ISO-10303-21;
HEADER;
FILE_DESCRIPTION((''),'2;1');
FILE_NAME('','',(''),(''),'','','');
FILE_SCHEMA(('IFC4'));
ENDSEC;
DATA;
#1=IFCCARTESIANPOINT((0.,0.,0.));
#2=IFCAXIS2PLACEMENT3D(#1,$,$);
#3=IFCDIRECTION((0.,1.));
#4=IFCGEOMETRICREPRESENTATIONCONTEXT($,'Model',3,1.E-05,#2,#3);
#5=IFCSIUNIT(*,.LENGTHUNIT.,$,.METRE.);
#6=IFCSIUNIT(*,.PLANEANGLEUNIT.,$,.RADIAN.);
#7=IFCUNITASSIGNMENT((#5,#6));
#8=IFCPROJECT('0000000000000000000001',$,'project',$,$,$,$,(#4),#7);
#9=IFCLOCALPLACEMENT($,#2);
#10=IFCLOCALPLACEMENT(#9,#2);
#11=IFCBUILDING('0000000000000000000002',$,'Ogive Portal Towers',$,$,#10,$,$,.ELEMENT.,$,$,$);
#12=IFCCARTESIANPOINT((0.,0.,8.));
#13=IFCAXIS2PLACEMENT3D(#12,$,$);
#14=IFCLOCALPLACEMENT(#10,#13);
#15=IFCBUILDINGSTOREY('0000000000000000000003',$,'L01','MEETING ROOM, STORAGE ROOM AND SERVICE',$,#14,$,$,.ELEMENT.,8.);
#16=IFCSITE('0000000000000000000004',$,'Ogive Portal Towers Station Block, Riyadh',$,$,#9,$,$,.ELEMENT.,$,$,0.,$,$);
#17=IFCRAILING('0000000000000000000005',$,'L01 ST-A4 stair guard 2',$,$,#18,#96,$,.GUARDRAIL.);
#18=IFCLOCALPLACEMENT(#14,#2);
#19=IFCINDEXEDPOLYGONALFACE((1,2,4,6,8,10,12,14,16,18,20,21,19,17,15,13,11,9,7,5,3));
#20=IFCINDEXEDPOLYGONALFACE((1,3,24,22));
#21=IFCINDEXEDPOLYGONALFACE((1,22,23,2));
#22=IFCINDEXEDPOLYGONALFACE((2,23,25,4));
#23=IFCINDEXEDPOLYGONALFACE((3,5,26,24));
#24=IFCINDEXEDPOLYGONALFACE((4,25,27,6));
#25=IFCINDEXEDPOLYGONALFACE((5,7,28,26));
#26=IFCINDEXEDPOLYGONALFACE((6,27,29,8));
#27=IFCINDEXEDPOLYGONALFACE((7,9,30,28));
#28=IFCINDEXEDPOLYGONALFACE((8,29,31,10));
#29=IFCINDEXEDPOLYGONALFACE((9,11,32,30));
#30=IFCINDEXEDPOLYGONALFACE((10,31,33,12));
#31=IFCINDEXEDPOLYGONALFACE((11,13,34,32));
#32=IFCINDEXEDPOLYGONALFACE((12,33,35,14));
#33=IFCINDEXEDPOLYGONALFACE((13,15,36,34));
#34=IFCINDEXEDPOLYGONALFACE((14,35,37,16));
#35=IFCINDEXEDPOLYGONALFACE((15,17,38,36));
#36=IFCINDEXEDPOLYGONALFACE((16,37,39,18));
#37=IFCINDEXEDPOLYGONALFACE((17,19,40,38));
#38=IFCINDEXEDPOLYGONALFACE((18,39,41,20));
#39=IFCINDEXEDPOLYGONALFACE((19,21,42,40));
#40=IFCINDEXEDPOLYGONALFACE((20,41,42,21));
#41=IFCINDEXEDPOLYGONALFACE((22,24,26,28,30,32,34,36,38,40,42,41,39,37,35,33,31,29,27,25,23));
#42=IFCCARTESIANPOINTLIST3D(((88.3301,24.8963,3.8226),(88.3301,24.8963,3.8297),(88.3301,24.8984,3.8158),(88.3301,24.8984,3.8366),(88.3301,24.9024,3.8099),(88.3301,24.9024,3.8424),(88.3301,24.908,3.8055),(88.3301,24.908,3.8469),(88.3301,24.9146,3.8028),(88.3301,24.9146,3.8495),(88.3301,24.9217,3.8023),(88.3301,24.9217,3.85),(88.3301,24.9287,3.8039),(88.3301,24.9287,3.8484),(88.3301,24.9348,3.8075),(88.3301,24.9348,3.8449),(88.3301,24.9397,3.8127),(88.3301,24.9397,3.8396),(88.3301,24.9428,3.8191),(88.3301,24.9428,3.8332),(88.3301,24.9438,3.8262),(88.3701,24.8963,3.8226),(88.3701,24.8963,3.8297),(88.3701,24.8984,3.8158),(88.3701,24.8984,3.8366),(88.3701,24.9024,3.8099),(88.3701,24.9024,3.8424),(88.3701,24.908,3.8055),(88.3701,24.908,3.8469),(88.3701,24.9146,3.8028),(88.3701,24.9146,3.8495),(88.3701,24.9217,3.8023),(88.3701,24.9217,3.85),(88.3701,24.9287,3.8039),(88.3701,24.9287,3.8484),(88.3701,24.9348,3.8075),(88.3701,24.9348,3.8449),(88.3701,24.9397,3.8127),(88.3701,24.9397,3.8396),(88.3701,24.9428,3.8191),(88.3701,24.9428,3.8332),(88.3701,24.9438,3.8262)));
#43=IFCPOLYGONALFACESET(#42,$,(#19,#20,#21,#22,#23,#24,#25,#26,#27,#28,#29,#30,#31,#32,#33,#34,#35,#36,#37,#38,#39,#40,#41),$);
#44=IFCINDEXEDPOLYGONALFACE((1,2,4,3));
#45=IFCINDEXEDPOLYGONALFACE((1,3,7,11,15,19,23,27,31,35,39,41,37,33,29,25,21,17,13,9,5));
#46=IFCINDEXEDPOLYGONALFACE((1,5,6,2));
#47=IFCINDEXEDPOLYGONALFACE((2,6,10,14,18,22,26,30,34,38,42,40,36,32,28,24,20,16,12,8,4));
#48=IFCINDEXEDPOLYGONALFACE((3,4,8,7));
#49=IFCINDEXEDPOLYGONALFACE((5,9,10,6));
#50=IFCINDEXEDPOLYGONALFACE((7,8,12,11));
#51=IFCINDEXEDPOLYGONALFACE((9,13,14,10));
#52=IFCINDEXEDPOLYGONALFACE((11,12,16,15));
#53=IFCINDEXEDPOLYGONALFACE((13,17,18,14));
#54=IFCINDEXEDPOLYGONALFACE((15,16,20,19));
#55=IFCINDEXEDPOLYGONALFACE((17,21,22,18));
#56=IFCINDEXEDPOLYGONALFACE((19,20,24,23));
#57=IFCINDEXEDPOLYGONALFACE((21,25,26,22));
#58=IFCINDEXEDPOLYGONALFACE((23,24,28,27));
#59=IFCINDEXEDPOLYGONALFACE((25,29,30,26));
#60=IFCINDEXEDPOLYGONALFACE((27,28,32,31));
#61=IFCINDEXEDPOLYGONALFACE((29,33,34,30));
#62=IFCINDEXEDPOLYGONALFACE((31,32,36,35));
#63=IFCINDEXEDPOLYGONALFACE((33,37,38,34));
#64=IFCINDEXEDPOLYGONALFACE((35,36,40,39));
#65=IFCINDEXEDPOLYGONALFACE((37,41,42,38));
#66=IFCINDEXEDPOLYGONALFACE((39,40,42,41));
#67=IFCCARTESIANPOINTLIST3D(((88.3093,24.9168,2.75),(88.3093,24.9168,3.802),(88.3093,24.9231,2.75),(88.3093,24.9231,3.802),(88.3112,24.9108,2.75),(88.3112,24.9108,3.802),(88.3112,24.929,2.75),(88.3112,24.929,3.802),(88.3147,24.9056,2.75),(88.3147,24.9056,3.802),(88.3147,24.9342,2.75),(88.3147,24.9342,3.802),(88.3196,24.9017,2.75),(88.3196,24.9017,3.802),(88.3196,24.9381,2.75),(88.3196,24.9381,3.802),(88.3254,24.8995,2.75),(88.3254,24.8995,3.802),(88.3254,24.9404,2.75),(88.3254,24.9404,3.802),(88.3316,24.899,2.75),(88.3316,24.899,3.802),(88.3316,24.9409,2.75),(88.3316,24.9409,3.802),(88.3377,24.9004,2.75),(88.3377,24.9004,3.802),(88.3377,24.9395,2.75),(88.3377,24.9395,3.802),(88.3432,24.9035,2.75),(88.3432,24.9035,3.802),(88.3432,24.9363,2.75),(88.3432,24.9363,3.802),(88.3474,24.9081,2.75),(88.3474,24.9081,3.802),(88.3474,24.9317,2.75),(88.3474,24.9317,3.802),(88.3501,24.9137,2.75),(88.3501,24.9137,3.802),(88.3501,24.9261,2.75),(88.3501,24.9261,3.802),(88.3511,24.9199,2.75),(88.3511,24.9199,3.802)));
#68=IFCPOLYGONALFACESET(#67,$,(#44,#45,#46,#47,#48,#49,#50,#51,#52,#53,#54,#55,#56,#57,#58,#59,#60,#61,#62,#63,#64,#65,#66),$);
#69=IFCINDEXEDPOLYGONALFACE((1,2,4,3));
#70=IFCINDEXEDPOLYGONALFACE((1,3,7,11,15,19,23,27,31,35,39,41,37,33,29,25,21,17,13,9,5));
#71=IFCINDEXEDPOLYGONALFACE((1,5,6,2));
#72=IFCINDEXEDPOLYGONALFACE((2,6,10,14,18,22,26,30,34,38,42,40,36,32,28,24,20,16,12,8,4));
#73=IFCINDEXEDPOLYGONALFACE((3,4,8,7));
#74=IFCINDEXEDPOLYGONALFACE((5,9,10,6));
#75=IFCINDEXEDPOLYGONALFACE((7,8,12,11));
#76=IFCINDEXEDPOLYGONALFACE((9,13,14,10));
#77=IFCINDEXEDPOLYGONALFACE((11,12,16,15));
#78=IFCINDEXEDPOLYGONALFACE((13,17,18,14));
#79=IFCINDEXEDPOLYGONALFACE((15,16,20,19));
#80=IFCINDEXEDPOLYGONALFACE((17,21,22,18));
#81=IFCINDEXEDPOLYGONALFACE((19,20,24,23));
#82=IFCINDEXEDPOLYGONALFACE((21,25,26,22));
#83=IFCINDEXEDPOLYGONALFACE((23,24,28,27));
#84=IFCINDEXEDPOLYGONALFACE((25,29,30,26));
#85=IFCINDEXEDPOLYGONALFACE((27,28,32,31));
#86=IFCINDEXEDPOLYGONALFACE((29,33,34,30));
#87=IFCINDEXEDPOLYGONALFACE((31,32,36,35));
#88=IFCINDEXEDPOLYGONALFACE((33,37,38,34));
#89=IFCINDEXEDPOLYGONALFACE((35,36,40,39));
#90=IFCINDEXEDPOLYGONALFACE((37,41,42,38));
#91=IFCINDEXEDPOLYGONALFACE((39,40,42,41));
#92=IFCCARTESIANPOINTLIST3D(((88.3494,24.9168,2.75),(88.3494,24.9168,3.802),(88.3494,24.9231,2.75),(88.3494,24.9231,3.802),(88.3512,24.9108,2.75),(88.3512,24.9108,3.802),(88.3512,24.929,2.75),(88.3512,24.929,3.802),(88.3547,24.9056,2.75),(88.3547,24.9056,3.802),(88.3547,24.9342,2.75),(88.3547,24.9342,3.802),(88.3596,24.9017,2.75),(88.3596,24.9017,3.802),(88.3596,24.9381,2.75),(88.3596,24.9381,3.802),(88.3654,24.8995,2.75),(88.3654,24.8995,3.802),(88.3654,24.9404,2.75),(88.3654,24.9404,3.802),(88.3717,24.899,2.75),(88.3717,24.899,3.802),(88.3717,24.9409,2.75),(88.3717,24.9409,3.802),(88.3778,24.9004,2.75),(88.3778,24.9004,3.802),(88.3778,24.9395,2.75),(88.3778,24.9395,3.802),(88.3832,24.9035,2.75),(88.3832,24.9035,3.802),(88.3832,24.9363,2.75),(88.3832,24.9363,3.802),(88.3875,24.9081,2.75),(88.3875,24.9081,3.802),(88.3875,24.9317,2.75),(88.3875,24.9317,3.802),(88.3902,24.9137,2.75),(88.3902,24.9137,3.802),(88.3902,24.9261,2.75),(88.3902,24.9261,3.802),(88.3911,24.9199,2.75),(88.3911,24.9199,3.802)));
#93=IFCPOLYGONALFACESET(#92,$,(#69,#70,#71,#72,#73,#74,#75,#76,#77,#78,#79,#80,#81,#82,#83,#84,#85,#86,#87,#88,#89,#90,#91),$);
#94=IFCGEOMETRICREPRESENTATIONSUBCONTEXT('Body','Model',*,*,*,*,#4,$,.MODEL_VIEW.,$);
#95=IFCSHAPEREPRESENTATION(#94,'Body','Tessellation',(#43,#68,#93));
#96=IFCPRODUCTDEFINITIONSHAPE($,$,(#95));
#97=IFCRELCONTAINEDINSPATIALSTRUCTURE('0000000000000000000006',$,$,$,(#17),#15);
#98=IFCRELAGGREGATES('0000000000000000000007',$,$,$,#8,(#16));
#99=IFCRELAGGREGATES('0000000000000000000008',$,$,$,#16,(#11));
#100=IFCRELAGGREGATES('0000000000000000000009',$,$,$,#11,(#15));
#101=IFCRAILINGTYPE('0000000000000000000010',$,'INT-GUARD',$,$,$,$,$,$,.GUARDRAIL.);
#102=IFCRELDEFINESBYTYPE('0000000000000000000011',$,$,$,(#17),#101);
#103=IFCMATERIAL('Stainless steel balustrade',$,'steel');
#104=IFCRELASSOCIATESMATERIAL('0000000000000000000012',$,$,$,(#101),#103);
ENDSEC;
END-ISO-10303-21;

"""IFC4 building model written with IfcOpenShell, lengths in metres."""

from ifc_helpers import new_model, si_unit, direction, frame, origin, origin_2d, place, context, subcontext, project, spatial, circle, extrude, material, type_object, element, save


model = new_model("IFC4")

# Units and contexts
model_context = context("Model", 3, precision=1e-05, world=origin(), true_north=direction((0.0, 1.0)))
body_context = subcontext(model_context, "Body", "Model", "MODEL_VIEW")
ifc_project = project(units=[si_unit("LENGTHUNIT", "METRE"), si_unit("PLANEANGLEUNIT", "RADIAN")], contexts=[model_context])

# Site, building, storey
site_placement = place(None, origin())
site = spatial("IfcSite", under=ifc_project, at=site_placement, Name="Ogive Portal Towers Station Block, Riyadh", CompositionType="ELEMENT", RefElevation=0.0)
building_placement = place(site_placement, origin())
building = spatial("IfcBuilding", under=site, at=building_placement, Name="Ogive Portal Towers", CompositionType="ELEMENT")
storey_placement = place(building_placement, frame((0.0, 0.0, 8.0)))
storey = spatial("IfcBuildingStorey", under=building, at=storey_placement, Name="L01", Description="MEETING ROOM, STORAGE ROOM AND SERVICE", CompositionType="ELEMENT", Elevation=8.0)

# Railing
ifc_material_1 = material(Name="Stainless steel balustrade", Category="steel")
railing_type_1 = type_object("IfcRailingType", Name="INT-GUARD", PredefinedType="GUARDRAIL", material=ifc_material_1)
railing_1_placement = place(storey_placement, frame((88.3301, 24.9199, 2.75)))
element("IfcRailing", 1, at=railing_1_placement, inside=storey, type_object=railing_type_1, Name="L01 ST-A4 stair guard 2", PredefinedType="GUARDRAIL", context=body_context, shape_type="SweptSolid", body=[
    extrude(circle(Radius=0.0239, at=origin_2d()), frame((0.0, 0.0, 1.0762), z_axis=(1.0, 0.0, 0.0), x_axis=(0.0, 1.0, 0.0)), (0.0, 0.0, 1.0), 0.04),
    extrude(circle(Radius=0.021, at=origin_2d()), origin(), (0.0, 0.0, 1.0), 1.052),
    extrude(circle(Radius=0.021, at=origin_2d()), frame((0.04, 0.0, 0.0)), (0.0, 0.0, 1.0), 1.052),
])

save(model, "model.ifc")
